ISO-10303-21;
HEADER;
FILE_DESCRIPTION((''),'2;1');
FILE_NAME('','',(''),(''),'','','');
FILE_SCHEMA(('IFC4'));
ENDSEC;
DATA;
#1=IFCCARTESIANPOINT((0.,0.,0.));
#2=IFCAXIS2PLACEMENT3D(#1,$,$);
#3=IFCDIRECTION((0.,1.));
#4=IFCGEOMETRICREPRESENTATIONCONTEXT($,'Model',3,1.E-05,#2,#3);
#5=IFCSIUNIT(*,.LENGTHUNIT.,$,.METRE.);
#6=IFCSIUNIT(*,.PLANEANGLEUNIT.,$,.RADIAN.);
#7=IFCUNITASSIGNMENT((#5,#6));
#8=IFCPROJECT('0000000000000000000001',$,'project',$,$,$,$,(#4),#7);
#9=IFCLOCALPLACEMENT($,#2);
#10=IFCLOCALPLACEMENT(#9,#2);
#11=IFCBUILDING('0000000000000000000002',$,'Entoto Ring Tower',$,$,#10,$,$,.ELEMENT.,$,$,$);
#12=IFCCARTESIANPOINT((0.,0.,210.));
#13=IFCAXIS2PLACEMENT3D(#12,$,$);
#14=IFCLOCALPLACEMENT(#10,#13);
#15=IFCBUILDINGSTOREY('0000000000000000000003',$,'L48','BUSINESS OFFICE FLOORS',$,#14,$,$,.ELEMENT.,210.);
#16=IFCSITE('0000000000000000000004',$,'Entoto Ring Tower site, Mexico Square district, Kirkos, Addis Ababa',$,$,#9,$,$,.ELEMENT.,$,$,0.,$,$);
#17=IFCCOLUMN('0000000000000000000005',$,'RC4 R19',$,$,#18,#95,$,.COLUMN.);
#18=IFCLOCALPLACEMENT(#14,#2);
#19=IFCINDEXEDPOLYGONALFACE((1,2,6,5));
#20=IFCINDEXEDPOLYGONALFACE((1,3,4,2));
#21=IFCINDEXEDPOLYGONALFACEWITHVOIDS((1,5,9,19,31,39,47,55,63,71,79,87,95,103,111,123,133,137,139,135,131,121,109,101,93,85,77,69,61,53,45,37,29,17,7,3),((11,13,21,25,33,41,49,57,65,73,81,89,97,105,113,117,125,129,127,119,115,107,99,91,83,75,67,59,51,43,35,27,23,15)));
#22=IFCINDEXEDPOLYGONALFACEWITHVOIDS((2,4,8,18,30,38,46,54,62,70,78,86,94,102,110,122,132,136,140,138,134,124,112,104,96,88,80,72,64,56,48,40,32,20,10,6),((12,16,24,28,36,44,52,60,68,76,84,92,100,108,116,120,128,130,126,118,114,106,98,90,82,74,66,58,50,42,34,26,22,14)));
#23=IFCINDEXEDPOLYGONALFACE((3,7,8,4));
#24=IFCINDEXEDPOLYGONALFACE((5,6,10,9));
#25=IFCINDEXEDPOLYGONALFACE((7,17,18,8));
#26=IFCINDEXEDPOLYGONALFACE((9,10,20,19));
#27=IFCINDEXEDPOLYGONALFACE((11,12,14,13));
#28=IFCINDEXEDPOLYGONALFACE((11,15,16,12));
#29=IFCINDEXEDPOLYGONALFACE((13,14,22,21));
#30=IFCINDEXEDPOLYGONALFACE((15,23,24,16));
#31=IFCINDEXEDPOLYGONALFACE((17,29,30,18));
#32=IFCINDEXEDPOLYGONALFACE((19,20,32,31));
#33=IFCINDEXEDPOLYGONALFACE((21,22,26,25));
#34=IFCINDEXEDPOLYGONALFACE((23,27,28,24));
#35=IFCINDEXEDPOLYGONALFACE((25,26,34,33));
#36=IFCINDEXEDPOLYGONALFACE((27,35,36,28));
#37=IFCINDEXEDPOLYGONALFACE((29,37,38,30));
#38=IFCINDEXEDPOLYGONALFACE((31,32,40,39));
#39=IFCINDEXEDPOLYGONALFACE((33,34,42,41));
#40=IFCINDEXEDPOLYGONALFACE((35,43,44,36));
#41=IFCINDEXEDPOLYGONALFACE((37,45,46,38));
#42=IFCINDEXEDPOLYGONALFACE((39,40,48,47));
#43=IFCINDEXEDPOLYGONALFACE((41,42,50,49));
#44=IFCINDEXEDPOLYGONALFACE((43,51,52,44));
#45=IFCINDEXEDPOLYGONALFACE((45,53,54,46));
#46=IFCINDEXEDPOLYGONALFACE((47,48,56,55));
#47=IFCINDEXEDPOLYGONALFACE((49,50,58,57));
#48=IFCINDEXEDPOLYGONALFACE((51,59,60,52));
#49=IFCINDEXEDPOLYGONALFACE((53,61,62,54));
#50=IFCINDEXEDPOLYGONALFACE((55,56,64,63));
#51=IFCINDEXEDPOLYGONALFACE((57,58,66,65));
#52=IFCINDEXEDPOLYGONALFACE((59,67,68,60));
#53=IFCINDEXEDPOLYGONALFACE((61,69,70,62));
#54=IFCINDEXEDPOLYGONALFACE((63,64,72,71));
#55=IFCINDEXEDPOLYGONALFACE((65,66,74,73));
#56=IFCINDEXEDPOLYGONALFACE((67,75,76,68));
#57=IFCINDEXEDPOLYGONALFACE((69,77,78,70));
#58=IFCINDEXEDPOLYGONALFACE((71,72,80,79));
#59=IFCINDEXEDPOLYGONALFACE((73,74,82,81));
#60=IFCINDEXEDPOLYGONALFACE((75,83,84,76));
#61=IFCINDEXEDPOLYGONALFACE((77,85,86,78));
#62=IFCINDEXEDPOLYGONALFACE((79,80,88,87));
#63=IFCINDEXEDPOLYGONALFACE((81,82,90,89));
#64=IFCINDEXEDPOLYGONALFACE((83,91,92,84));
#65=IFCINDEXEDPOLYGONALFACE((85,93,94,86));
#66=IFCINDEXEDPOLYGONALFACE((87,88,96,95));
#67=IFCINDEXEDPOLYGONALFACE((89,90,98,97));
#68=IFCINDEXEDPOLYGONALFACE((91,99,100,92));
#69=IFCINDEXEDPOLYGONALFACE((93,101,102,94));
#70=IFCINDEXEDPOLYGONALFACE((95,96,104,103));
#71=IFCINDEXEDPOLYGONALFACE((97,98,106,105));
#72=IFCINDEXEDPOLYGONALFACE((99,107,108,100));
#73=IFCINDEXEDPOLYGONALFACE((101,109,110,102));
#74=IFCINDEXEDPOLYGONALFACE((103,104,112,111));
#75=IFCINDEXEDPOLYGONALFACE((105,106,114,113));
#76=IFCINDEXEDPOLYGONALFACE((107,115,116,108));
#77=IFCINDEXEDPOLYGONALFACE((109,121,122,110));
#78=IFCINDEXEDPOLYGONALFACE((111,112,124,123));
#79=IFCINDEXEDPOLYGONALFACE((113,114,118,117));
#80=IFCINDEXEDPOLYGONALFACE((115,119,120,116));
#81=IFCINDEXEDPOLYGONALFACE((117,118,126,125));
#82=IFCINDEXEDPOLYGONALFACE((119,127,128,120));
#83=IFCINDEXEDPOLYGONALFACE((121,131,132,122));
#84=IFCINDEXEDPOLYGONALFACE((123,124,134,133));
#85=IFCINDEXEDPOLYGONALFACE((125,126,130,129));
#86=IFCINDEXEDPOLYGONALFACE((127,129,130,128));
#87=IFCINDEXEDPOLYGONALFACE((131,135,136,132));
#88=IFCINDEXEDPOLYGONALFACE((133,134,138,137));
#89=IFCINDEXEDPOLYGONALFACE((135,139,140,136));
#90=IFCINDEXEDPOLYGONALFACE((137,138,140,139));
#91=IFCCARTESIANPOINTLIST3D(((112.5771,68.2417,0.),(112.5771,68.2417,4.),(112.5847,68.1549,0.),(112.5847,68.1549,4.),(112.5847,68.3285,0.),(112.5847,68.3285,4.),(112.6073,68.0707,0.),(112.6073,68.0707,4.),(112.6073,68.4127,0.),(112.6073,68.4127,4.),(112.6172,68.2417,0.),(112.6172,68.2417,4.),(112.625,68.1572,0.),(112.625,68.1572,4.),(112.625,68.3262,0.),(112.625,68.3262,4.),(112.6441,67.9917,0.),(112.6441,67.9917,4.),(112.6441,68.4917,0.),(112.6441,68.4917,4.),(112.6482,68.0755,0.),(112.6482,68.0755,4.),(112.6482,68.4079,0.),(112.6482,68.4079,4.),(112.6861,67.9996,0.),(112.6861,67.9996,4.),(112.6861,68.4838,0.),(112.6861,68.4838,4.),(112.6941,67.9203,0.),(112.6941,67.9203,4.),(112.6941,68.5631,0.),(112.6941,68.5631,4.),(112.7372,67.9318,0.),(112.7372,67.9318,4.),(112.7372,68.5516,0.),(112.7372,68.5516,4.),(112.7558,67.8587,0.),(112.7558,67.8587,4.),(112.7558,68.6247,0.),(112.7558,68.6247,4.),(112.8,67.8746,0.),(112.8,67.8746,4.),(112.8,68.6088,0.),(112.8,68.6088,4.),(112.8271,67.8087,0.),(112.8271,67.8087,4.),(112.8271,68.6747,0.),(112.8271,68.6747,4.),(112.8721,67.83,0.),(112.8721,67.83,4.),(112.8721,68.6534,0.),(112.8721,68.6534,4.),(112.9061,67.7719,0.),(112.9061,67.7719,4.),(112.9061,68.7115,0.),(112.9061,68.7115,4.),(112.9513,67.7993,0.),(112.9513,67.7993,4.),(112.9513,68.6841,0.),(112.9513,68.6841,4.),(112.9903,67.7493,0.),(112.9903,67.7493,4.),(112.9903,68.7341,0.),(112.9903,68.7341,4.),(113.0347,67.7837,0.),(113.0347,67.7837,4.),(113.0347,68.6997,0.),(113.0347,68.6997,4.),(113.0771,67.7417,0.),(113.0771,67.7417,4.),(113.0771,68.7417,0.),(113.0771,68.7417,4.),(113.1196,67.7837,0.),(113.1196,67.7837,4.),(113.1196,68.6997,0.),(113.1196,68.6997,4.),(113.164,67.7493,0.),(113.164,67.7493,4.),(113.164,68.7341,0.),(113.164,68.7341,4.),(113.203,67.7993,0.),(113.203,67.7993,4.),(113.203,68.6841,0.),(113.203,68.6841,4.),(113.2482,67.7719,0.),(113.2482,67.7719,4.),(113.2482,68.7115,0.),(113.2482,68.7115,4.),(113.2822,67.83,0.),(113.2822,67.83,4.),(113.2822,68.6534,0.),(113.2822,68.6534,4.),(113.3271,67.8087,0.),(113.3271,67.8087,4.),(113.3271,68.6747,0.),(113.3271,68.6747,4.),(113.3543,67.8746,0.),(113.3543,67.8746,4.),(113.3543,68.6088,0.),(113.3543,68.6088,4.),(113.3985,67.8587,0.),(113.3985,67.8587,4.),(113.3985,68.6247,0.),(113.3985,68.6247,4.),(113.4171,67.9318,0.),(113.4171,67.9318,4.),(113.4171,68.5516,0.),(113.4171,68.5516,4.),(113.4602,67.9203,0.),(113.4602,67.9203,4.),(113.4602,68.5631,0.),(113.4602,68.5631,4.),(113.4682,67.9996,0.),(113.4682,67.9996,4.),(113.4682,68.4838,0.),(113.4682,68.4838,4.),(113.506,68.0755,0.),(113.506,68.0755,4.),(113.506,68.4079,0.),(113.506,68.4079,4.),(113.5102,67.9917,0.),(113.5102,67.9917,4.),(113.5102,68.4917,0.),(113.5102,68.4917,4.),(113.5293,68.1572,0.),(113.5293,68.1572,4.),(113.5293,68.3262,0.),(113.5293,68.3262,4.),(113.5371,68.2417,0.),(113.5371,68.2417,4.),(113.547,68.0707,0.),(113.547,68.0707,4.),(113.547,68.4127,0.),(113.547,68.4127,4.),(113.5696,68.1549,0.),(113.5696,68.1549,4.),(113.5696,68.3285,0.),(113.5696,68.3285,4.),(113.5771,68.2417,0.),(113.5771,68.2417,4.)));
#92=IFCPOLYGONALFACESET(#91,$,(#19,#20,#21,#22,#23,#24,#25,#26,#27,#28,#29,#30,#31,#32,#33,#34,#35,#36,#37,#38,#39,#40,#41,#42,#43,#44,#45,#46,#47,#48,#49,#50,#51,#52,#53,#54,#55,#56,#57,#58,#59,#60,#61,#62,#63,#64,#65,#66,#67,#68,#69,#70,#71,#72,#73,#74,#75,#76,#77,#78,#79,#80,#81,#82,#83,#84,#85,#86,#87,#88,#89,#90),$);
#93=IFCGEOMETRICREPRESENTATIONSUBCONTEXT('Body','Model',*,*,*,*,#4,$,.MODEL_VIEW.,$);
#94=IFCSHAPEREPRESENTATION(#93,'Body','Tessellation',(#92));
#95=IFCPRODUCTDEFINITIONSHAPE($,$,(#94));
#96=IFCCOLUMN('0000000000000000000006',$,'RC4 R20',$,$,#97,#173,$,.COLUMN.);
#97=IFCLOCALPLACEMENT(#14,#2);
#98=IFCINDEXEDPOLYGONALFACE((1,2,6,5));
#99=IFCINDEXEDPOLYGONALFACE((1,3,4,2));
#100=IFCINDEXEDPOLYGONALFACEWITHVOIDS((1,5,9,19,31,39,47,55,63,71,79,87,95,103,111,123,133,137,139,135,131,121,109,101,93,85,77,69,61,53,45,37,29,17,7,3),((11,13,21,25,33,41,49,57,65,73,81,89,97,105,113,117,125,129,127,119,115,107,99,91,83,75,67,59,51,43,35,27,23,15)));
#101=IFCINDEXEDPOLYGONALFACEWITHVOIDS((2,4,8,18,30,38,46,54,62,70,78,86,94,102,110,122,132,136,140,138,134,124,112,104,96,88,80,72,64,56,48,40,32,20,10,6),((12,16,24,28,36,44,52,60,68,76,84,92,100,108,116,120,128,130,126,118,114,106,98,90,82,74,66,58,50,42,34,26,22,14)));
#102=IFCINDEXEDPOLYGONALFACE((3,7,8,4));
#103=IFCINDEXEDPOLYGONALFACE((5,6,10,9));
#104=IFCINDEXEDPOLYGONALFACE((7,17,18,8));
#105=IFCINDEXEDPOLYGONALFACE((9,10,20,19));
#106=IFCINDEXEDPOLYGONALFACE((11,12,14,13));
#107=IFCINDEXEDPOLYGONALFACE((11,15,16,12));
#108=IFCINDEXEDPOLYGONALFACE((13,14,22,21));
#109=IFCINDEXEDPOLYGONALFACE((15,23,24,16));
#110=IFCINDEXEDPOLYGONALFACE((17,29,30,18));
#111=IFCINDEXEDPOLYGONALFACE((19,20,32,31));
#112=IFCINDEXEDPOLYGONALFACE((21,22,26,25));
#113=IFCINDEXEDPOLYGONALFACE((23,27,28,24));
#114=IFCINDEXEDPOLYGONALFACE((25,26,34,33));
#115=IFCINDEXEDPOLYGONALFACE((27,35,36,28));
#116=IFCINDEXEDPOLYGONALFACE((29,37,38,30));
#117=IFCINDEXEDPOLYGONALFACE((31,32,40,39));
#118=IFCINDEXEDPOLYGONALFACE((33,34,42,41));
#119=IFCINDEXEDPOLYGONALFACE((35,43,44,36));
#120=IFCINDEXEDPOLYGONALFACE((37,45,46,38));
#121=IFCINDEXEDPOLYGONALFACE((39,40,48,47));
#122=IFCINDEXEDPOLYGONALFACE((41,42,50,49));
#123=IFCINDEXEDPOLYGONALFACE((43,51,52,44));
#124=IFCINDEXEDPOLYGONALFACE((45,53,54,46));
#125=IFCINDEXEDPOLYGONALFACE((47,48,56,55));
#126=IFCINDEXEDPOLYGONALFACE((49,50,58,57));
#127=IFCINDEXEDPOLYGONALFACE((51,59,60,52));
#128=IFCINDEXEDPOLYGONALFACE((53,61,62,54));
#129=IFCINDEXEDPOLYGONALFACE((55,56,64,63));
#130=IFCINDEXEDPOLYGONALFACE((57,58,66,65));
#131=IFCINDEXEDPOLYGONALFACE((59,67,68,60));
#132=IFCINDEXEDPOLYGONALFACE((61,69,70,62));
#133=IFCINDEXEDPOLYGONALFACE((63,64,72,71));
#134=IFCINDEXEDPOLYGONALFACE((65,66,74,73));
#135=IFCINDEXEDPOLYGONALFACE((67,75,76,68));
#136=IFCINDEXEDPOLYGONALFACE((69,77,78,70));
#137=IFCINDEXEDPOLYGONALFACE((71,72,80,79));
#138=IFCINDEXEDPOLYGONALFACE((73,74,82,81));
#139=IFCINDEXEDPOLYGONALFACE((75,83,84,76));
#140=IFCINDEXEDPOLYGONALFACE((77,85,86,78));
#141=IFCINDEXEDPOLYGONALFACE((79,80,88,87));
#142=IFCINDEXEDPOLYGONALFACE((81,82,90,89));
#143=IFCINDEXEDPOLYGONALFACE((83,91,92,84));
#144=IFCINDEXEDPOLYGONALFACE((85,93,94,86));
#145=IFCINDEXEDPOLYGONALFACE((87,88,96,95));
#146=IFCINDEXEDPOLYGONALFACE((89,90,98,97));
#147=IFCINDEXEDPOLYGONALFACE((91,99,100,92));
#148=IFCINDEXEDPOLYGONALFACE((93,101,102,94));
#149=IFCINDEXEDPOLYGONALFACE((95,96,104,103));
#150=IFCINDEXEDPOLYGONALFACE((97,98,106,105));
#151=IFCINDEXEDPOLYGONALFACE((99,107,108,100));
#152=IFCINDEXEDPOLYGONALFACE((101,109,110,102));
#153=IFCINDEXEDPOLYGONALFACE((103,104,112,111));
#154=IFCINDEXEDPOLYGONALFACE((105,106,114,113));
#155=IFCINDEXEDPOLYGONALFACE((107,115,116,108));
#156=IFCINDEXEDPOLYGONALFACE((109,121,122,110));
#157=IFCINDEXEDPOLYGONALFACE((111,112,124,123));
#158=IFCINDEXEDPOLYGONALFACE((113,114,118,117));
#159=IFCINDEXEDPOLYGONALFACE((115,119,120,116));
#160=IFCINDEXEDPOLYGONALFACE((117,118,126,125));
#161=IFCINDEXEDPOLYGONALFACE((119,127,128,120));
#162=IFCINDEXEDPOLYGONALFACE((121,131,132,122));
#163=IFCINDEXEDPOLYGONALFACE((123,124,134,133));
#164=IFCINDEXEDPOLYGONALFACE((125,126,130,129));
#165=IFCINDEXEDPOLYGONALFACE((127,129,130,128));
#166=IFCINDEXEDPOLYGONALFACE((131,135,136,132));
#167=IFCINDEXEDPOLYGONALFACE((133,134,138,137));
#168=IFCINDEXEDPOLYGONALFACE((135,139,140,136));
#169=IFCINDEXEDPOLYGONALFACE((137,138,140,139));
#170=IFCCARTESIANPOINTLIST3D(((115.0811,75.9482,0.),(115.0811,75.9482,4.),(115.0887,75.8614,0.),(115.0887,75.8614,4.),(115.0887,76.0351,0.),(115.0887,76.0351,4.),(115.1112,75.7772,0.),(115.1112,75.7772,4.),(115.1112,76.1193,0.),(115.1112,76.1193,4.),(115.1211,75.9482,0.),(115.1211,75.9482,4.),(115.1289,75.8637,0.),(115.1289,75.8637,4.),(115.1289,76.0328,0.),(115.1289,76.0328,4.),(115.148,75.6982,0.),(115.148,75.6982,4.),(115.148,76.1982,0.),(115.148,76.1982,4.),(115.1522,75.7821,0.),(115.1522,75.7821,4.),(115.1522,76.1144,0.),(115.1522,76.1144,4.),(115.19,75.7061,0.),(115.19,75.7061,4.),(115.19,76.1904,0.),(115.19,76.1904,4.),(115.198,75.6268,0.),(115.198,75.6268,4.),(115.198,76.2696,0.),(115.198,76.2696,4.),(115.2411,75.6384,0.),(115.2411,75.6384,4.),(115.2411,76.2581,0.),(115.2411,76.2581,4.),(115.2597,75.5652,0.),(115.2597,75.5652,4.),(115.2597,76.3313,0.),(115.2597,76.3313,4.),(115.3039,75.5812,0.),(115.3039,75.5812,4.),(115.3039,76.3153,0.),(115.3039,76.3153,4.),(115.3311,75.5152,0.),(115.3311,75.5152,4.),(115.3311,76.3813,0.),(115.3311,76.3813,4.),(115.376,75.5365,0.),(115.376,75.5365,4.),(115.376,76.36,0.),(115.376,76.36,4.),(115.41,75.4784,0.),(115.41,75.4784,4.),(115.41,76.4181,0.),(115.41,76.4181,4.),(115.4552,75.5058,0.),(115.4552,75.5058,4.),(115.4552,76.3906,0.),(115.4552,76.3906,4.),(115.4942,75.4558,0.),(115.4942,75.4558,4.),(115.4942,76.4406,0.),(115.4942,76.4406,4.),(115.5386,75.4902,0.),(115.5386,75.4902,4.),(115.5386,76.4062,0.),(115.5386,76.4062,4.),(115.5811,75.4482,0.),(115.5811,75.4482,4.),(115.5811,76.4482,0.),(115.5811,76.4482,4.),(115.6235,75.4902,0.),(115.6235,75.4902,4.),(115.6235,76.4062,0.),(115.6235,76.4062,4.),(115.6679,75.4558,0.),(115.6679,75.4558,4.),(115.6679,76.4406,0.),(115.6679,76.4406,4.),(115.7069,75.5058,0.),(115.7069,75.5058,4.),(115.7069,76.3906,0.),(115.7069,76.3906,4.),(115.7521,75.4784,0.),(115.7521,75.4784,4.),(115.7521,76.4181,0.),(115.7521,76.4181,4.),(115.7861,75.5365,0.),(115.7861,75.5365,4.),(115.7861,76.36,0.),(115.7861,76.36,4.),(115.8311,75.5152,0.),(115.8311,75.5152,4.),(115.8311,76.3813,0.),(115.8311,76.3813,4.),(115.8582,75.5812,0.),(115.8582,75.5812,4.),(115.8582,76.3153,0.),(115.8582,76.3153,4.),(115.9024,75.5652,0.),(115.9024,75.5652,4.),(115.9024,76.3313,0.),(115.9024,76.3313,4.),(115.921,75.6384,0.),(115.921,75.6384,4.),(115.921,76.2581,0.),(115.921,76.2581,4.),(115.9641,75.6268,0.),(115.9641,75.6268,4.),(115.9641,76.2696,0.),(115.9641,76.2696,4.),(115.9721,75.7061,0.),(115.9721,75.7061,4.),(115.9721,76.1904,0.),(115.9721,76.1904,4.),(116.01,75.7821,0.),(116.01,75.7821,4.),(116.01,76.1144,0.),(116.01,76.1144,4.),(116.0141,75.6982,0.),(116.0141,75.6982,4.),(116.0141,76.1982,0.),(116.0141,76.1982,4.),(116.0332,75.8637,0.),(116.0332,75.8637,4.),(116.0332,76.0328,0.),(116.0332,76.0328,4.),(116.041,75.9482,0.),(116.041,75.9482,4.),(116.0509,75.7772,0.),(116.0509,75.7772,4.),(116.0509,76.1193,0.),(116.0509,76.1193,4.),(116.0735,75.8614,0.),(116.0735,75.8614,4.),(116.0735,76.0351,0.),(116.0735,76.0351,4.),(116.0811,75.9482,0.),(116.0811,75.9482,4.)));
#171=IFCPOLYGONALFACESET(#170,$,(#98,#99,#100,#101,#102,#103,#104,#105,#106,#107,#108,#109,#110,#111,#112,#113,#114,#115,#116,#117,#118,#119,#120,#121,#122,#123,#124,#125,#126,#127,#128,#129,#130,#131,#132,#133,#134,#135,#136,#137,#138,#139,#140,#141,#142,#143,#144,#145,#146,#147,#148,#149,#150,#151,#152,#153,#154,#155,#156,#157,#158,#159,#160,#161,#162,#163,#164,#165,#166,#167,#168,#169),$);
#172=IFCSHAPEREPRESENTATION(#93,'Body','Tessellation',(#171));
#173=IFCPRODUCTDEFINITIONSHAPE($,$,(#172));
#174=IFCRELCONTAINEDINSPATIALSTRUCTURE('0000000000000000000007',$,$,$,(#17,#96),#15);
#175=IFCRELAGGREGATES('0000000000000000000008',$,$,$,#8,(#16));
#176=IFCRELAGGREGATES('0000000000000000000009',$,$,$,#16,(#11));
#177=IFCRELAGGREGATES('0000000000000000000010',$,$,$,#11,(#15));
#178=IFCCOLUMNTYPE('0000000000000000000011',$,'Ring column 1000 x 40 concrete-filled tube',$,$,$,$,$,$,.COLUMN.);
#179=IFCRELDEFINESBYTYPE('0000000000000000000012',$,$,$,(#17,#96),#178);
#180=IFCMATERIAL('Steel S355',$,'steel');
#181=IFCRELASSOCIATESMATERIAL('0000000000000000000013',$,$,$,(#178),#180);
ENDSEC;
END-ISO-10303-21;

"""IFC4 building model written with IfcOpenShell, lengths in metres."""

from ifc_helpers import new_model, si_unit, direction, frame, origin, origin_2d, place, context, subcontext, project, spatial, circle, hollow_circle, extrude, material, material_profile, profile_set, type_object, element, save


model = new_model("IFC4")

# Units and contexts
model_context = context("Model", 3, precision=1e-05, world=origin(), true_north=direction((0.0, 1.0)))
body_context = subcontext(model_context, "Body", "Model", "MODEL_VIEW")
ifc_project = project(units=[si_unit("LENGTHUNIT", "METRE"), si_unit("PLANEANGLEUNIT", "RADIAN")], contexts=[model_context])

# Site, building, storey
site_placement = place(None, origin())
site = spatial("IfcSite", under=ifc_project, at=site_placement, Name="Entoto Ring Tower site, Mexico Square district, Kirkos, Addis Ababa", CompositionType="ELEMENT", RefElevation=0.0)
building_placement = place(site_placement, origin())
building = spatial("IfcBuilding", under=site, at=building_placement, Name="Entoto Ring Tower", CompositionType="ELEMENT")
storey_placement = place(building_placement, frame((0.0, 0.0, 210.0)))
storey = spatial("IfcBuildingStorey", under=building, at=storey_placement, Name="L48", Description="BUSINESS OFFICE FLOORS", CompositionType="ELEMENT", Elevation=210.0)

# Columns
ifc_material_1 = material(Name="Steel S355", Category="steel")
ifc_material_profile_1 = material_profile(ifc_material_1, hollow_circle(Radius=0.5, WallThickness=0.04, at=origin_2d()), Name="CHS 1000 x 40")
ifc_material_2 = material(Name="Concrete C60/75", Category="concrete")
ifc_material_profile_2 = material_profile(ifc_material_2, circle(Radius=0.46, at=origin_2d()), Name="Concrete C60/75 infill")
ifc_profile_set_1 = profile_set([ifc_material_profile_1, ifc_material_profile_2], Name="Steel S355")
column_type = type_object("IfcColumnType", Name="Ring column 1000 x 40 concrete-filled tube", PredefinedType="COLUMN", material=ifc_profile_set_1)
for number, where, z_axis, x_axis, name in (
    (1, (113.0771, 68.2417, 0.0), (0.0, 0.0, 1.0), (1.0, 0.0, 0.0), "RC4 R19"),
    (2, (115.5811, 75.9482, 0.0), (0.0, 0.0, 1.0), (1.0, 0.0, 0.0), "RC4 R20"),
):
    element("IfcColumn", number, at=place(storey_placement, frame(where, z_axis=z_axis, x_axis=x_axis)), inside=storey, type_object=column_type, Name=name, PredefinedType="COLUMN", context=body_context, shape_type="SweptSolid", body=[
        extrude(hollow_circle(Radius=0.5, WallThickness=0.04, at=origin_2d()), origin(), (0.0, 0.0, 1.0), 4.0),
    ])

save(model, "model.ifc")
